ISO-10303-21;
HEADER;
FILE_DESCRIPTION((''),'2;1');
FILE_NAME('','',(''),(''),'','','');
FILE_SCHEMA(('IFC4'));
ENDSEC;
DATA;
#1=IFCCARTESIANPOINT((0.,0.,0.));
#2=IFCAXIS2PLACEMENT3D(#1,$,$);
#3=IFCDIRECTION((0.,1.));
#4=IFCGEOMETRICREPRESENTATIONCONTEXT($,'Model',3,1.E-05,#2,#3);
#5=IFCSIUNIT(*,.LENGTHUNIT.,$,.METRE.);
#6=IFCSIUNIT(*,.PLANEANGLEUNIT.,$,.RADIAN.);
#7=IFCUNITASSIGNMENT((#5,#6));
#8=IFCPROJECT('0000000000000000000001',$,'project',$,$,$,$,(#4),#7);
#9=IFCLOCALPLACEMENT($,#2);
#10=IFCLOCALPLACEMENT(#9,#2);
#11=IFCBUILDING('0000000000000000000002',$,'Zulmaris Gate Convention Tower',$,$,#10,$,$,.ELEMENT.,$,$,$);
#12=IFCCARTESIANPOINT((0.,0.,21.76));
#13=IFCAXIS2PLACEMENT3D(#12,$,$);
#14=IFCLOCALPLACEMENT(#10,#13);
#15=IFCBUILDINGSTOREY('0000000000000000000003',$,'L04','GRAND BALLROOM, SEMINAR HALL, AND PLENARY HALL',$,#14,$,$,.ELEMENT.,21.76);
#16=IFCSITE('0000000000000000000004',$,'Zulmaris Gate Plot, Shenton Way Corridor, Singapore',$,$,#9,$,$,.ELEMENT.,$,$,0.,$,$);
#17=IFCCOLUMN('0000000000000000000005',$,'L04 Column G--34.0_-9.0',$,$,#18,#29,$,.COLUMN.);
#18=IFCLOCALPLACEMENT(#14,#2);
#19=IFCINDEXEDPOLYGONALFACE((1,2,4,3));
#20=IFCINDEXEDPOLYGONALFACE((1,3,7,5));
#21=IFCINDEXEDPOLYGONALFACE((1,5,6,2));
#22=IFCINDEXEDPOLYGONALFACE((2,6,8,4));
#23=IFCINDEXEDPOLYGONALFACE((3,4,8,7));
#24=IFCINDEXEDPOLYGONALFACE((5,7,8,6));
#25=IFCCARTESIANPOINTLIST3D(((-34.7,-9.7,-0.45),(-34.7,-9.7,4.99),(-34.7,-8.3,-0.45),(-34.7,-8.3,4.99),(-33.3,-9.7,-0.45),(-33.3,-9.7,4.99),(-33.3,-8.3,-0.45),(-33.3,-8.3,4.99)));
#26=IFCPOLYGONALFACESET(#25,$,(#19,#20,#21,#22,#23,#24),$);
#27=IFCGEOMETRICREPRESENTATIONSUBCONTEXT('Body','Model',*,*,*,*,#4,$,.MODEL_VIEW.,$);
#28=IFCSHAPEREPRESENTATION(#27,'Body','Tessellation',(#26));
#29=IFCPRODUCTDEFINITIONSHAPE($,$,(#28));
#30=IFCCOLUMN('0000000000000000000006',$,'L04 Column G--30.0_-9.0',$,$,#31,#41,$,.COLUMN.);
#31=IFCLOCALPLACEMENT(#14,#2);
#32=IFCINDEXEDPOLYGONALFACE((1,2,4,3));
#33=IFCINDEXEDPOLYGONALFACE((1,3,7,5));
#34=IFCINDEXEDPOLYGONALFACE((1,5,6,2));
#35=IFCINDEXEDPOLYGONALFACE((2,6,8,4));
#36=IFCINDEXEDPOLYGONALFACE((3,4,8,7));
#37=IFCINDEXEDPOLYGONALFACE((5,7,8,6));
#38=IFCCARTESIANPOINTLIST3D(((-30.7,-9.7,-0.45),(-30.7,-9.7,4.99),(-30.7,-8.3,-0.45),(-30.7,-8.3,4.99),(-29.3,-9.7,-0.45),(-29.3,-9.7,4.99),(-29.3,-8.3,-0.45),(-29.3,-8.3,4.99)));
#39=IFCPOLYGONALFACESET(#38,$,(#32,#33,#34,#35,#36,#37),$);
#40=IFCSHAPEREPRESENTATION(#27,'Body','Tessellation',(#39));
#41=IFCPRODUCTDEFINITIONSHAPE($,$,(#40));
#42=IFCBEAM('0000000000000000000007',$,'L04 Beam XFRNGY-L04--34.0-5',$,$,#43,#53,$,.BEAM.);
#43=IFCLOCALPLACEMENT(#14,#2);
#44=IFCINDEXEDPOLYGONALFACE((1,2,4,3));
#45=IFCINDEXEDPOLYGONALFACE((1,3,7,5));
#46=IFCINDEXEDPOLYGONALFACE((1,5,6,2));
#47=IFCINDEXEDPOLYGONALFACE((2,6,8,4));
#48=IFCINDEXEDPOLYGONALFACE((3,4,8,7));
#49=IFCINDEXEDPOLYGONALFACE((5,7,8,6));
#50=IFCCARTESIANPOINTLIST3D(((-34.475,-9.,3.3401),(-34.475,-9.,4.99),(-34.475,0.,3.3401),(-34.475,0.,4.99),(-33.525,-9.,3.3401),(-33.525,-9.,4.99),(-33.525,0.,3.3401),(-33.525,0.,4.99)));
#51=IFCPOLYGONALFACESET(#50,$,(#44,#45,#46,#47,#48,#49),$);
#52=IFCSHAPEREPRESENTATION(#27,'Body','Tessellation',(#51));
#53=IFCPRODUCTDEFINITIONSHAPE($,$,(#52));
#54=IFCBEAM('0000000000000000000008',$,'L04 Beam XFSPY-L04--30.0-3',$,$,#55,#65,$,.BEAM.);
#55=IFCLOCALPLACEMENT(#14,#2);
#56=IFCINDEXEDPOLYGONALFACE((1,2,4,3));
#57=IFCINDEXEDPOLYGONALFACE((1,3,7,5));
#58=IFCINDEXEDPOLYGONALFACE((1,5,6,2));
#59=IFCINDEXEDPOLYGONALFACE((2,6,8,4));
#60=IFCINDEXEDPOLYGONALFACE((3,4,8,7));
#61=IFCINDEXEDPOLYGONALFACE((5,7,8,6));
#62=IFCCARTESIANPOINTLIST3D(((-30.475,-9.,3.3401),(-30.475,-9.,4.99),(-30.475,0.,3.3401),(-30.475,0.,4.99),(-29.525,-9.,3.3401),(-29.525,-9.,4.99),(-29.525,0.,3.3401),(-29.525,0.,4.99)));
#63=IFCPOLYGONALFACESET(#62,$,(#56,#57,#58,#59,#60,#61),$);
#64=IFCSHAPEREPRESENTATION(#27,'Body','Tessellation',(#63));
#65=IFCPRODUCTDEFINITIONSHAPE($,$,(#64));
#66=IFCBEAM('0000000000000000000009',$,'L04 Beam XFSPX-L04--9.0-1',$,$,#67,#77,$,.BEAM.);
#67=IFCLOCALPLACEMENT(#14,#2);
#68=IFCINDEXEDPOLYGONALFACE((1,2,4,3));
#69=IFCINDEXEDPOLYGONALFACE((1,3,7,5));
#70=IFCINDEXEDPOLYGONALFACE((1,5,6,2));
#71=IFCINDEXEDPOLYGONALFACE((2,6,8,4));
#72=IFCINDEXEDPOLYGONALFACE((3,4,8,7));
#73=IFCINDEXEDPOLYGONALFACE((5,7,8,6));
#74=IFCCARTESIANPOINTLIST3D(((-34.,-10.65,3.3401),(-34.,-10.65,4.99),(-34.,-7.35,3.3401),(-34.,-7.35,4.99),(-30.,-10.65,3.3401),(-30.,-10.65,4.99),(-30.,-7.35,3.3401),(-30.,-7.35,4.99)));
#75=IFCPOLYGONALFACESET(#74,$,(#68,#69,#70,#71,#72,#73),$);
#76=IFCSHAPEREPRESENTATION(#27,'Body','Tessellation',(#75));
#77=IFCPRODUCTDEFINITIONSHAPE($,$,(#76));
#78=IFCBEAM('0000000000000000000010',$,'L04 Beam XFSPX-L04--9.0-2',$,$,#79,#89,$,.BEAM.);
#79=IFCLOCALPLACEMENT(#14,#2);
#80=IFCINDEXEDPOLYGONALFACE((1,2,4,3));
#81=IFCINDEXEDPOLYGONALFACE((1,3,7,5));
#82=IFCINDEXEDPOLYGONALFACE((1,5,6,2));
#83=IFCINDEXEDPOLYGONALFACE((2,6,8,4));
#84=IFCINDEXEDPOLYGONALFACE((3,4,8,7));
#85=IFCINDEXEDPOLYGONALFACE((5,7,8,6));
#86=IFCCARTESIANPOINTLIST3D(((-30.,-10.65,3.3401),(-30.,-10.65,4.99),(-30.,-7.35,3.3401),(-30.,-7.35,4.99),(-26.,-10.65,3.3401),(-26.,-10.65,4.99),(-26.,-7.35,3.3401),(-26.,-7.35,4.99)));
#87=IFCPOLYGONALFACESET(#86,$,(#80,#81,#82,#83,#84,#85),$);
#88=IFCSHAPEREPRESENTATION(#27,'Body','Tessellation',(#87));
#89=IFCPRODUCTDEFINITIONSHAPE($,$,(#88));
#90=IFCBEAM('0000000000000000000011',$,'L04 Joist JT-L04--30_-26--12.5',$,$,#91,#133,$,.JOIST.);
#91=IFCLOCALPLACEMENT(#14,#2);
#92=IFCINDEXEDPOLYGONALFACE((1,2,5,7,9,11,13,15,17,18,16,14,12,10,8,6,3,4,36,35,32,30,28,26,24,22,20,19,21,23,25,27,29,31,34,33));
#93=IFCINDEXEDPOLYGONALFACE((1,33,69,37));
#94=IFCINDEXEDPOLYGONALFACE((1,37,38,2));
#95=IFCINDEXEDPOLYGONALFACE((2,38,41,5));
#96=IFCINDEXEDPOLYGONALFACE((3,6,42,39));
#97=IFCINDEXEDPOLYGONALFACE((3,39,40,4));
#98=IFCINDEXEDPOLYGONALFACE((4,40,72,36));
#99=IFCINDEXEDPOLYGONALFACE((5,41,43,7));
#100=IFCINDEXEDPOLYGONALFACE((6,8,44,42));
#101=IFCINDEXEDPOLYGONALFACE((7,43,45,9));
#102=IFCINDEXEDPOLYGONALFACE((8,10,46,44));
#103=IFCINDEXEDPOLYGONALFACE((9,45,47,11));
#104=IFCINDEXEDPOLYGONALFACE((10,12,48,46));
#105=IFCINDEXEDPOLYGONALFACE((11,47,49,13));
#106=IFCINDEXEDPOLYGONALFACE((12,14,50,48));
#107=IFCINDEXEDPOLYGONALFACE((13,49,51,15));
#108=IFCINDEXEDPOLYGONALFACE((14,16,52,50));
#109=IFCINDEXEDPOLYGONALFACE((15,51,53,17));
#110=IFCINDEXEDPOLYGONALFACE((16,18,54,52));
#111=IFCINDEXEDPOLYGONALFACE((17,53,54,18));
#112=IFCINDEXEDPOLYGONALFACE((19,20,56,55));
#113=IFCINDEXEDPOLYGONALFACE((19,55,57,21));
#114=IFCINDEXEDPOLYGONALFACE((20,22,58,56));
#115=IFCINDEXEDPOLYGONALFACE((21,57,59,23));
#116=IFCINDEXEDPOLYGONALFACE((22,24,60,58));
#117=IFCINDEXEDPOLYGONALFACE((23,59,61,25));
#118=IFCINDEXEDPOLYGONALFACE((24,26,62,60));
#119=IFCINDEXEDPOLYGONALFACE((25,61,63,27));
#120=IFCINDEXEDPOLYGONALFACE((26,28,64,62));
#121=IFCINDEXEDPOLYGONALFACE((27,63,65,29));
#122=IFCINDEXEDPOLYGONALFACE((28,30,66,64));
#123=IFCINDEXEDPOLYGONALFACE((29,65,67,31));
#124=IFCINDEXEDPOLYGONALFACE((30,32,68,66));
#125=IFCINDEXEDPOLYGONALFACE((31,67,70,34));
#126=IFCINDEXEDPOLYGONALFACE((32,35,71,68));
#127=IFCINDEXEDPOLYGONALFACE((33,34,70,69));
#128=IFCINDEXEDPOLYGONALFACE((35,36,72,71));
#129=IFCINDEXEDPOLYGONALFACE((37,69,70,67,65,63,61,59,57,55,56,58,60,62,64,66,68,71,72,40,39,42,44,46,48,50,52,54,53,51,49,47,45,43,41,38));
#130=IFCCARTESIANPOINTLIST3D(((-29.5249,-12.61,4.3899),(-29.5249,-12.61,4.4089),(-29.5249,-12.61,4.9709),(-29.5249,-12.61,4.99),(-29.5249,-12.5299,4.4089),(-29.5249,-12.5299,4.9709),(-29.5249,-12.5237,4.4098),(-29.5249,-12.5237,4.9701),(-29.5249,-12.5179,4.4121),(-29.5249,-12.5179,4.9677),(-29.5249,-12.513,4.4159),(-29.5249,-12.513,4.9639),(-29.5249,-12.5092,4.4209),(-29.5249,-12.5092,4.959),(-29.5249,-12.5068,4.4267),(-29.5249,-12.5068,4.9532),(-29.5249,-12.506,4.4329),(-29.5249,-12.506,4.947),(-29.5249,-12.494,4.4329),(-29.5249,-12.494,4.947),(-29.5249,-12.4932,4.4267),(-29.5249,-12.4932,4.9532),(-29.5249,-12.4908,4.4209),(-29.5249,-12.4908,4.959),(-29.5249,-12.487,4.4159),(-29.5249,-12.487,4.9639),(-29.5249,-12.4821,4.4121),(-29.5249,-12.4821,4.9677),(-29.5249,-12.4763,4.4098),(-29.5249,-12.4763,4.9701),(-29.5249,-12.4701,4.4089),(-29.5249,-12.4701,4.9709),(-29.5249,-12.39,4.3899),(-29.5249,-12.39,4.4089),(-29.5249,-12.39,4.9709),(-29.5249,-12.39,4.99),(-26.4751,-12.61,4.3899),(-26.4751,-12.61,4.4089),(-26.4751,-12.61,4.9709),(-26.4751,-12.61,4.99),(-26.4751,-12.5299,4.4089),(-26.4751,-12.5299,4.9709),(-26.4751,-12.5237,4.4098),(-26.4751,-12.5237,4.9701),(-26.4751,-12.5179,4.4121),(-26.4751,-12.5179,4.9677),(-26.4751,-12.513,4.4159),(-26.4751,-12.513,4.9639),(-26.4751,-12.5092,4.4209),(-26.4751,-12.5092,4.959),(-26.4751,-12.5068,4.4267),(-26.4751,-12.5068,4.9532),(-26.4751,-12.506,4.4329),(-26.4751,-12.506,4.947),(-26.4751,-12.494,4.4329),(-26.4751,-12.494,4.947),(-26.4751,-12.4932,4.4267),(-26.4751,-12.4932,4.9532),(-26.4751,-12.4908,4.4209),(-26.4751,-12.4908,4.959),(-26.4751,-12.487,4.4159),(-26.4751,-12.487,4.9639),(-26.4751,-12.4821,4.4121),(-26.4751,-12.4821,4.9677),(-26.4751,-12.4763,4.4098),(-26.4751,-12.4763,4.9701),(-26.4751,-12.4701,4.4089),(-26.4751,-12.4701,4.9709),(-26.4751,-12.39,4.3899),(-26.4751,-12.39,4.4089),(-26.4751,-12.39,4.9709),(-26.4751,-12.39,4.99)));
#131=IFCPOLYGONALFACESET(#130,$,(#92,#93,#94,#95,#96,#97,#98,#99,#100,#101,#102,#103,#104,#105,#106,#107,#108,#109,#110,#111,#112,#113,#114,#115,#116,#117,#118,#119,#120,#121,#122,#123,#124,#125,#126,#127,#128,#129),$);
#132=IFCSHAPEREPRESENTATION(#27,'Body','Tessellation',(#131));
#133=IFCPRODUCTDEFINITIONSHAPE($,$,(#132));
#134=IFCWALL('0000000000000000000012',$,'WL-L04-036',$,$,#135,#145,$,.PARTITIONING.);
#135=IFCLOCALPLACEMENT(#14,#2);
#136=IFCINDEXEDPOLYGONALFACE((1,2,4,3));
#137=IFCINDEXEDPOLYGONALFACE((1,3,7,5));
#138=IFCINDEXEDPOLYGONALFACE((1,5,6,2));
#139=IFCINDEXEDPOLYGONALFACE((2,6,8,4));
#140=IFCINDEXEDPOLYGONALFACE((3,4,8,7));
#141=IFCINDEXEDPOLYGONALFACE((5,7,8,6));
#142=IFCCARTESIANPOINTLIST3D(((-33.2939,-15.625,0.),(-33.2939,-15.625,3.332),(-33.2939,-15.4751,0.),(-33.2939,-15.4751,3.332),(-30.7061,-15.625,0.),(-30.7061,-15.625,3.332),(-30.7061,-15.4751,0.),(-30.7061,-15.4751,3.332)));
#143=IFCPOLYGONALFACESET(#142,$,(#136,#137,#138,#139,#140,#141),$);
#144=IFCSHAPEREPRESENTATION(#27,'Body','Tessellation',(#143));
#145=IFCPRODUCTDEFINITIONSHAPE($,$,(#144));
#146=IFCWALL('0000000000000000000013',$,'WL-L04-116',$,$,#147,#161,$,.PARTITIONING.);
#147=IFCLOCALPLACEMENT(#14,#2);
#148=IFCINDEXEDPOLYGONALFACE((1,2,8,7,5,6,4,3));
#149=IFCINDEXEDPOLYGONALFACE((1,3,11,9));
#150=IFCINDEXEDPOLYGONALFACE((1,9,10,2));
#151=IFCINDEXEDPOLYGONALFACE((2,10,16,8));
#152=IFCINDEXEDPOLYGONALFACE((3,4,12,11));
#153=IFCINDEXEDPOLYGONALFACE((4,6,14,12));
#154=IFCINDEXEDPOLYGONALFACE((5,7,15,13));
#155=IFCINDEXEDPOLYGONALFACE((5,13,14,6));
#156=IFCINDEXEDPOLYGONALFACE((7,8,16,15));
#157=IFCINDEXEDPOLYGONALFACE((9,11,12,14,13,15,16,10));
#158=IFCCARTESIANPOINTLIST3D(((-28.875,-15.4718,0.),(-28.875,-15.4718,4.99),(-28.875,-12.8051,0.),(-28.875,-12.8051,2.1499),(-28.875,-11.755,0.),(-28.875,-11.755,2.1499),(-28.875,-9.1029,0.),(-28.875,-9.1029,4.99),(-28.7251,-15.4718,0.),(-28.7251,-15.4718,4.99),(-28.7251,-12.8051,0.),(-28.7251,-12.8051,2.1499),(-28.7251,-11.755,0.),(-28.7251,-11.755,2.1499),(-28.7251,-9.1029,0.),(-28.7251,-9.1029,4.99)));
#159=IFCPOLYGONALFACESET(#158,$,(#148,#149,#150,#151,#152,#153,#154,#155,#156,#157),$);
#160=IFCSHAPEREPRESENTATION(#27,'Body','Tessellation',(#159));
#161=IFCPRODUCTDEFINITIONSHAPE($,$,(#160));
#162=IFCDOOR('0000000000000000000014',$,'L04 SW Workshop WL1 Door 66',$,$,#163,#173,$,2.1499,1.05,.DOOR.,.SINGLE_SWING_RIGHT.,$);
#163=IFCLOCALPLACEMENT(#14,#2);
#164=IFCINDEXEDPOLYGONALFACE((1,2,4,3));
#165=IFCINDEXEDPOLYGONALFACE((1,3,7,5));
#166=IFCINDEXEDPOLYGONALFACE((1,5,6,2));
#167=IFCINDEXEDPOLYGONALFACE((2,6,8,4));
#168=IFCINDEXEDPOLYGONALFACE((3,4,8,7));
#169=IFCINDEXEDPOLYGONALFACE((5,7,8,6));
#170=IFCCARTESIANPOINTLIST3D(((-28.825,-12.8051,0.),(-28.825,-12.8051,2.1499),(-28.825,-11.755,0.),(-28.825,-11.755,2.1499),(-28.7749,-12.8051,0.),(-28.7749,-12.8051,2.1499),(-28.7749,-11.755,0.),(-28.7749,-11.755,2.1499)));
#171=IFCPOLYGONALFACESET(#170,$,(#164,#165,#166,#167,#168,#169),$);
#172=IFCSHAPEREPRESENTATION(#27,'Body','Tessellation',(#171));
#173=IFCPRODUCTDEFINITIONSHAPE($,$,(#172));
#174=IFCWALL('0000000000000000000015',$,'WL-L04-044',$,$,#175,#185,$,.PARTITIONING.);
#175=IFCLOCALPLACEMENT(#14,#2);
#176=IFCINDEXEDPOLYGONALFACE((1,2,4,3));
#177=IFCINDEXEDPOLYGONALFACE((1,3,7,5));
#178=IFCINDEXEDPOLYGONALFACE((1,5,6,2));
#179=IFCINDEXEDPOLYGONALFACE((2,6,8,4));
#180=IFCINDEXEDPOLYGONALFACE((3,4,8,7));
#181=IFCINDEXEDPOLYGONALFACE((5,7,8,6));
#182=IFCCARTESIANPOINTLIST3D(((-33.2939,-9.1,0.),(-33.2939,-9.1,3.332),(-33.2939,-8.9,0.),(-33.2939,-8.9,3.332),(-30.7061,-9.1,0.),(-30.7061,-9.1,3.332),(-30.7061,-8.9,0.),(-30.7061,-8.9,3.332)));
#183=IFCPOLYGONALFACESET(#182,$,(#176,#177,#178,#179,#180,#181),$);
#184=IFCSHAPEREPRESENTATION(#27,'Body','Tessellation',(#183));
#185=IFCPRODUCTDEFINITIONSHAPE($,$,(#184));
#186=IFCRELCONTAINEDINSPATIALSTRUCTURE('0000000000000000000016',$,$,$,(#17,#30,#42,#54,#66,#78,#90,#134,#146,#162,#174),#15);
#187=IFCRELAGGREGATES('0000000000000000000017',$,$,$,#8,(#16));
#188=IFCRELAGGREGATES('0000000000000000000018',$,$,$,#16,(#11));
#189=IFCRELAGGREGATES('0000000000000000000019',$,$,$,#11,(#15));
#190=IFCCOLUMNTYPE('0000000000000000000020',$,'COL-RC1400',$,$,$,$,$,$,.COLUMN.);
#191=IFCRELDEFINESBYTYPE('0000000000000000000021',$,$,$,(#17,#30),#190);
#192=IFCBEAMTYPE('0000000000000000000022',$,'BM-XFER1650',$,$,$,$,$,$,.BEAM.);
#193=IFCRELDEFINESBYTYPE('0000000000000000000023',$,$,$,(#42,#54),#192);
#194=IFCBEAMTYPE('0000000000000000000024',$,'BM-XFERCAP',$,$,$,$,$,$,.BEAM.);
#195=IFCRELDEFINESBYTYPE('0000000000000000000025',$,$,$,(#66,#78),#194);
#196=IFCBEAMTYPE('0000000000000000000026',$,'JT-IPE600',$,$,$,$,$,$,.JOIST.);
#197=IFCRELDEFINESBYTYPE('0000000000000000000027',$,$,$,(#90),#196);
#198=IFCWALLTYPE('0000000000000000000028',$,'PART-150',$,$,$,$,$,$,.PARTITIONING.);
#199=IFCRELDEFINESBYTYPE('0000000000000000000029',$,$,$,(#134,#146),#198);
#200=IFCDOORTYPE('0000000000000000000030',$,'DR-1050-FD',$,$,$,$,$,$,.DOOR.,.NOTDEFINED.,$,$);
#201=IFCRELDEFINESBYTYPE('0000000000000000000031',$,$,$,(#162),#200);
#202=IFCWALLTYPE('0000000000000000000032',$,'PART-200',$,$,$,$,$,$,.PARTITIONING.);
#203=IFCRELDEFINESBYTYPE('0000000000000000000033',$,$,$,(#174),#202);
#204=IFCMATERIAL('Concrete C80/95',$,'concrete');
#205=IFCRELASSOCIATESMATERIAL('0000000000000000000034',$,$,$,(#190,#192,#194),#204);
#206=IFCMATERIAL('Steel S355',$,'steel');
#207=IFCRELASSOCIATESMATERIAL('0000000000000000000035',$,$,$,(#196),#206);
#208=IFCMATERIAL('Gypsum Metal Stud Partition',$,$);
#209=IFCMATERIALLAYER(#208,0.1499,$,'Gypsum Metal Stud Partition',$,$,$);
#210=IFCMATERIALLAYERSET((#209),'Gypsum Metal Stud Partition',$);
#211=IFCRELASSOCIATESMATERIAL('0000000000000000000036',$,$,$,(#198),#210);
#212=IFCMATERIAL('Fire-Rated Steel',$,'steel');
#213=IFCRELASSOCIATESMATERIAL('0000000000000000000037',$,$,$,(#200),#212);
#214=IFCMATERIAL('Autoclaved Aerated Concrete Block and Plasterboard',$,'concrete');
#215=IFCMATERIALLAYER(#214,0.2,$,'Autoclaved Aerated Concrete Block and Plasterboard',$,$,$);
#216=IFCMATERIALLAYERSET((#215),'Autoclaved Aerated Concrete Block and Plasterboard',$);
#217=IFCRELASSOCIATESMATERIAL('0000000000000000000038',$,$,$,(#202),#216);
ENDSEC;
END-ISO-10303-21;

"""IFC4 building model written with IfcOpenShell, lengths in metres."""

from ifc_helpers import new_model, si_unit, direction, frame, frame_2d, origin, origin_2d, place, context, subcontext, project, spatial, rectangle, i_section, extrude, material, layer, layer_set, material_profile, profile_set, type_object, element, fill, save


model = new_model("IFC4")

# Units and contexts
model_context = context("Model", 3, precision=1e-05, world=origin(), true_north=direction((0.0, 1.0)))
body_context = subcontext(model_context, "Body", "Model", "MODEL_VIEW")
ifc_project = project(units=[si_unit("LENGTHUNIT", "METRE"), si_unit("PLANEANGLEUNIT", "RADIAN")], contexts=[model_context])

# Site, building, storey
site_placement = place(None, origin())
site = spatial("IfcSite", under=ifc_project, at=site_placement, Name="Zulmaris Gate Plot, Shenton Way Corridor, Singapore", CompositionType="ELEMENT", RefElevation=0.0)
building_placement = place(site_placement, origin())
building = spatial("IfcBuilding", under=site, at=building_placement, Name="Zulmaris Gate Convention Tower", CompositionType="ELEMENT")
storey_placement = place(building_placement, frame((0.0, 0.0, 21.76)))
storey = spatial("IfcBuildingStorey", under=building, at=storey_placement, Name="L04", Description="GRAND BALLROOM, SEMINAR HALL, AND PLENARY HALL", CompositionType="ELEMENT", Elevation=21.76)

# Columns
ifc_material_1 = material(Name="Concrete C80/95", Category="concrete")
ifc_material_profile_1 = material_profile(ifc_material_1, rectangle(XDim=1.3999, YDim=1.3999, at=origin_2d()), Name="RC COL 1400x1400")
ifc_profile_set_1 = profile_set([ifc_material_profile_1], Name="Concrete C80/95")
column_type = type_object("IfcColumnType", Name="COL-RC1400", PredefinedType="COLUMN", material=ifc_profile_set_1)
for number, where, z_axis, x_axis, name in (
    (1, (-34.0, -9.0, -0.45), (0.0, 0.0, 1.0), (1.0, 0.0, 0.0), "L04 Column G--34.0_-9.0"),
    (2, (-30.0, -9.0, -0.45), (0.0, 0.0, 1.0), (1.0, 0.0, 0.0), "L04 Column G--30.0_-9.0"),
):
    element("IfcColumn", number, at=place(storey_placement, frame(where, z_axis=z_axis, x_axis=x_axis)), inside=storey, type_object=column_type, Name=name, PredefinedType="COLUMN", context=body_context, shape_type="SweptSolid", body=[
        extrude(rectangle(XDim=1.3999, YDim=1.3999, at=origin_2d()), origin(), (0.0, 0.0, 1.0), 5.4399),
    ])

# Beams
ifc_material_profile_2 = material_profile(ifc_material_1, rectangle(XDim=0.95, YDim=1.6499, at=origin_2d()), Name="RC TRANSFER 950x1650")
ifc_profile_set_2 = profile_set([ifc_material_profile_2], Name="Concrete C80/95")
beam_type_1 = type_object("IfcBeamType", Name="BM-XFER1650", PredefinedType="BEAM", material=ifc_profile_set_2)
for number, where, z_axis, x_axis, name in (
    (3, (-34.0, -9.0, 4.165), (0.0, 1.0, 0.0), (-1.0, 0.0, 0.0), "L04 Beam XFRNGY-L04--34.0-5"),
    (4, (-30.0, -9.0, 4.165), (0.0, 1.0, 0.0), (-1.0, 0.0, 0.0), "L04 Beam XFSPY-L04--30.0-3"),
):
    element("IfcBeam", number, at=place(storey_placement, frame(where, z_axis=z_axis, x_axis=x_axis)), inside=storey, type_object=beam_type_1, Name=name, PredefinedType="BEAM", context=body_context, shape_type="SweptSolid", body=[
        extrude(rectangle(XDim=0.95, YDim=1.6499, at=origin_2d()), origin(), (0.0, 0.0, 1.0), 9.0),
    ])
ifc_material_profile_3 = material_profile(ifc_material_1, rectangle(XDim=3.3, YDim=1.6499, at=origin_2d()), Name="RC TRANSFER 3300x1650")
ifc_profile_set_3 = profile_set([ifc_material_profile_3], Name="Concrete C80/95")
beam_type_2 = type_object("IfcBeamType", Name="BM-XFERCAP", PredefinedType="BEAM", material=ifc_profile_set_3)
for number, where, z_axis, x_axis, name in (
    (5, (-34.0, -9.0, 4.165), (1.0, 0.0, 0.0), (0.0, 1.0, 0.0), "L04 Beam XFSPX-L04--9.0-1"),
    (6, (-30.0, -9.0, 4.165), (1.0, 0.0, 0.0), (0.0, 1.0, 0.0), "L04 Beam XFSPX-L04--9.0-2"),
):
    element("IfcBeam", number, at=place(storey_placement, frame(where, z_axis=z_axis, x_axis=x_axis)), inside=storey, type_object=beam_type_2, Name=name, PredefinedType="BEAM", context=body_context, shape_type="SweptSolid", body=[
        extrude(rectangle(XDim=3.3, YDim=1.6499, at=origin_2d()), origin(), (0.0, 0.0, 1.0), 4.0),
    ])
ifc_material_2 = material(Name="Steel S355", Category="steel")
ifc_material_profile_4 = material_profile(ifc_material_2, i_section(OverallWidth=0.22, OverallDepth=0.6001, WebThickness=0.012, FlangeThickness=0.019, FilletRadius=0.0239, at=origin_2d()), Name="IPE 600")
ifc_profile_set_4 = profile_set([ifc_material_profile_4], Name="Steel S355")
beam_type_3 = type_object("IfcBeamType", Name="JT-IPE600", PredefinedType="JOIST", material=ifc_profile_set_4)
beam_placement = place(storey_placement, frame((-29.5249, -12.5, 4.6899), z_axis=(1.0, 0.0, 0.0), x_axis=(0.0, 1.0, 0.0)))
element("IfcBeam", 7, at=beam_placement, inside=storey, type_object=beam_type_3, Name="L04 Joist JT-L04--30_-26--12.5", PredefinedType="JOIST", context=body_context, shape_type="SweptSolid", body=[
    extrude(i_section(OverallWidth=0.22, OverallDepth=0.6001, WebThickness=0.012, FlangeThickness=0.019, FilletRadius=0.0239, at=origin_2d()), origin(), (0.0, 0.0, 1.0), 3.0498),
])

# Wall
ifc_material_3 = material(Name="Gypsum Metal Stud Partition")
ifc_layer_1 = layer(ifc_material_3, 0.1499, Name="Gypsum Metal Stud Partition")
ifc_layer_set_1 = layer_set([ifc_layer_1], Name="Gypsum Metal Stud Partition")
wall_type_1 = type_object("IfcWallType", Name="PART-150", PredefinedType="PARTITIONING", material=ifc_layer_set_1)
wall_1_placement = place(storey_placement, frame((-33.2939, -15.55, 0.0), z_axis=(0.0, 0.0, 1.0), x_axis=(1.0, 0.0, 0.0)))
element("IfcWall", 8, at=wall_1_placement, inside=storey, type_object=wall_type_1, Name="WL-L04-036", PredefinedType="PARTITIONING", context=body_context, shape_type="SweptSolid", body=[
    extrude(rectangle(XDim=2.5879, YDim=0.1499, at=frame_2d((1.2939, 0.0))), origin(), (0.0, 0.0, 1.0), 3.332),
])

# Wall, opening, door
ifc_material_4 = material(Name="Fire-Rated Steel", Category="steel")
door_type = type_object("IfcDoorType", Name="DR-1050-FD", OperationType="NOTDEFINED", PredefinedType="DOOR", material=ifc_material_4)
wall_2_placement = place(storey_placement, frame((-28.8, -15.4719, 0.0), z_axis=(0.0, 0.0, 1.0), x_axis=(0.0, 1.0, 0.0)))
wall_2 = element("IfcWall", 9, at=wall_2_placement, inside=storey, type_object=wall_type_1, Name="WL-L04-116", PredefinedType="PARTITIONING", context=body_context, shape_type="SweptSolid", body=[
    extrude(rectangle(XDim=6.3689, YDim=0.1499, at=frame_2d((3.1846, 0.0))), origin(), (0.0, 0.0, 1.0), 4.99),
])
opening_1_placement = place(wall_2_placement, frame((2.667, 0.0, 0.0)))
opening_1 = element("IfcOpeningElement", 10, at=opening_1_placement, cuts=wall_2, PredefinedType="OPENING", context=body_context, shape_type="SweptSolid", body=[
    extrude(rectangle(XDim=1.05, YDim=2.1499, at=frame_2d((0.5249, 1.075))), frame((0.0, 0.085, 0.0), z_axis=(0.0, -1.0, 0.0), x_axis=(1.0, 0.0, 0.0)), (0.0, 0.0, 1.0), 0.1699),
])
door_1_placement = place(opening_1_placement, origin())
door_1 = element("IfcDoor", 11, at=door_1_placement, inside=storey, type_object=door_type, Name="L04 SW Workshop WL1 Door 66", OperationType="SINGLE_SWING_RIGHT", OverallHeight=2.1499, OverallWidth=1.05, PredefinedType="DOOR", context=body_context, shape_type="SweptSolid", body=[
    extrude(rectangle(XDim=1.05, YDim=2.1499, at=frame_2d((0.5249, 1.075))), frame((0.0, 0.0249, 0.0), z_axis=(0.0, -1.0, 0.0), x_axis=(1.0, 0.0, 0.0)), (0.0, 0.0, 1.0), 0.05),
])
fill(opening_1, door_1)

# Wall
ifc_material_5 = material(Name="Autoclaved Aerated Concrete Block and Plasterboard", Category="concrete")
ifc_layer_2 = layer(ifc_material_5, 0.2, Name="Autoclaved Aerated Concrete Block and Plasterboard")
ifc_layer_set_2 = layer_set([ifc_layer_2], Name="Autoclaved Aerated Concrete Block and Plasterboard")
wall_type_2 = type_object("IfcWallType", Name="PART-200", PredefinedType="PARTITIONING", material=ifc_layer_set_2)
wall_3_placement = place(storey_placement, frame((-33.2939, -9.0, 0.0), z_axis=(0.0, 0.0, 1.0), x_axis=(1.0, 0.0, 0.0)))
element("IfcWall", 12, at=wall_3_placement, inside=storey, type_object=wall_type_2, Name="WL-L04-044", PredefinedType="PARTITIONING", context=body_context, shape_type="SweptSolid", body=[
    extrude(rectangle(XDim=2.5879, YDim=0.2, at=frame_2d((1.2939, 0.0))), origin(), (0.0, 0.0, 1.0), 3.332),
])

save(model, "model.ifc")
